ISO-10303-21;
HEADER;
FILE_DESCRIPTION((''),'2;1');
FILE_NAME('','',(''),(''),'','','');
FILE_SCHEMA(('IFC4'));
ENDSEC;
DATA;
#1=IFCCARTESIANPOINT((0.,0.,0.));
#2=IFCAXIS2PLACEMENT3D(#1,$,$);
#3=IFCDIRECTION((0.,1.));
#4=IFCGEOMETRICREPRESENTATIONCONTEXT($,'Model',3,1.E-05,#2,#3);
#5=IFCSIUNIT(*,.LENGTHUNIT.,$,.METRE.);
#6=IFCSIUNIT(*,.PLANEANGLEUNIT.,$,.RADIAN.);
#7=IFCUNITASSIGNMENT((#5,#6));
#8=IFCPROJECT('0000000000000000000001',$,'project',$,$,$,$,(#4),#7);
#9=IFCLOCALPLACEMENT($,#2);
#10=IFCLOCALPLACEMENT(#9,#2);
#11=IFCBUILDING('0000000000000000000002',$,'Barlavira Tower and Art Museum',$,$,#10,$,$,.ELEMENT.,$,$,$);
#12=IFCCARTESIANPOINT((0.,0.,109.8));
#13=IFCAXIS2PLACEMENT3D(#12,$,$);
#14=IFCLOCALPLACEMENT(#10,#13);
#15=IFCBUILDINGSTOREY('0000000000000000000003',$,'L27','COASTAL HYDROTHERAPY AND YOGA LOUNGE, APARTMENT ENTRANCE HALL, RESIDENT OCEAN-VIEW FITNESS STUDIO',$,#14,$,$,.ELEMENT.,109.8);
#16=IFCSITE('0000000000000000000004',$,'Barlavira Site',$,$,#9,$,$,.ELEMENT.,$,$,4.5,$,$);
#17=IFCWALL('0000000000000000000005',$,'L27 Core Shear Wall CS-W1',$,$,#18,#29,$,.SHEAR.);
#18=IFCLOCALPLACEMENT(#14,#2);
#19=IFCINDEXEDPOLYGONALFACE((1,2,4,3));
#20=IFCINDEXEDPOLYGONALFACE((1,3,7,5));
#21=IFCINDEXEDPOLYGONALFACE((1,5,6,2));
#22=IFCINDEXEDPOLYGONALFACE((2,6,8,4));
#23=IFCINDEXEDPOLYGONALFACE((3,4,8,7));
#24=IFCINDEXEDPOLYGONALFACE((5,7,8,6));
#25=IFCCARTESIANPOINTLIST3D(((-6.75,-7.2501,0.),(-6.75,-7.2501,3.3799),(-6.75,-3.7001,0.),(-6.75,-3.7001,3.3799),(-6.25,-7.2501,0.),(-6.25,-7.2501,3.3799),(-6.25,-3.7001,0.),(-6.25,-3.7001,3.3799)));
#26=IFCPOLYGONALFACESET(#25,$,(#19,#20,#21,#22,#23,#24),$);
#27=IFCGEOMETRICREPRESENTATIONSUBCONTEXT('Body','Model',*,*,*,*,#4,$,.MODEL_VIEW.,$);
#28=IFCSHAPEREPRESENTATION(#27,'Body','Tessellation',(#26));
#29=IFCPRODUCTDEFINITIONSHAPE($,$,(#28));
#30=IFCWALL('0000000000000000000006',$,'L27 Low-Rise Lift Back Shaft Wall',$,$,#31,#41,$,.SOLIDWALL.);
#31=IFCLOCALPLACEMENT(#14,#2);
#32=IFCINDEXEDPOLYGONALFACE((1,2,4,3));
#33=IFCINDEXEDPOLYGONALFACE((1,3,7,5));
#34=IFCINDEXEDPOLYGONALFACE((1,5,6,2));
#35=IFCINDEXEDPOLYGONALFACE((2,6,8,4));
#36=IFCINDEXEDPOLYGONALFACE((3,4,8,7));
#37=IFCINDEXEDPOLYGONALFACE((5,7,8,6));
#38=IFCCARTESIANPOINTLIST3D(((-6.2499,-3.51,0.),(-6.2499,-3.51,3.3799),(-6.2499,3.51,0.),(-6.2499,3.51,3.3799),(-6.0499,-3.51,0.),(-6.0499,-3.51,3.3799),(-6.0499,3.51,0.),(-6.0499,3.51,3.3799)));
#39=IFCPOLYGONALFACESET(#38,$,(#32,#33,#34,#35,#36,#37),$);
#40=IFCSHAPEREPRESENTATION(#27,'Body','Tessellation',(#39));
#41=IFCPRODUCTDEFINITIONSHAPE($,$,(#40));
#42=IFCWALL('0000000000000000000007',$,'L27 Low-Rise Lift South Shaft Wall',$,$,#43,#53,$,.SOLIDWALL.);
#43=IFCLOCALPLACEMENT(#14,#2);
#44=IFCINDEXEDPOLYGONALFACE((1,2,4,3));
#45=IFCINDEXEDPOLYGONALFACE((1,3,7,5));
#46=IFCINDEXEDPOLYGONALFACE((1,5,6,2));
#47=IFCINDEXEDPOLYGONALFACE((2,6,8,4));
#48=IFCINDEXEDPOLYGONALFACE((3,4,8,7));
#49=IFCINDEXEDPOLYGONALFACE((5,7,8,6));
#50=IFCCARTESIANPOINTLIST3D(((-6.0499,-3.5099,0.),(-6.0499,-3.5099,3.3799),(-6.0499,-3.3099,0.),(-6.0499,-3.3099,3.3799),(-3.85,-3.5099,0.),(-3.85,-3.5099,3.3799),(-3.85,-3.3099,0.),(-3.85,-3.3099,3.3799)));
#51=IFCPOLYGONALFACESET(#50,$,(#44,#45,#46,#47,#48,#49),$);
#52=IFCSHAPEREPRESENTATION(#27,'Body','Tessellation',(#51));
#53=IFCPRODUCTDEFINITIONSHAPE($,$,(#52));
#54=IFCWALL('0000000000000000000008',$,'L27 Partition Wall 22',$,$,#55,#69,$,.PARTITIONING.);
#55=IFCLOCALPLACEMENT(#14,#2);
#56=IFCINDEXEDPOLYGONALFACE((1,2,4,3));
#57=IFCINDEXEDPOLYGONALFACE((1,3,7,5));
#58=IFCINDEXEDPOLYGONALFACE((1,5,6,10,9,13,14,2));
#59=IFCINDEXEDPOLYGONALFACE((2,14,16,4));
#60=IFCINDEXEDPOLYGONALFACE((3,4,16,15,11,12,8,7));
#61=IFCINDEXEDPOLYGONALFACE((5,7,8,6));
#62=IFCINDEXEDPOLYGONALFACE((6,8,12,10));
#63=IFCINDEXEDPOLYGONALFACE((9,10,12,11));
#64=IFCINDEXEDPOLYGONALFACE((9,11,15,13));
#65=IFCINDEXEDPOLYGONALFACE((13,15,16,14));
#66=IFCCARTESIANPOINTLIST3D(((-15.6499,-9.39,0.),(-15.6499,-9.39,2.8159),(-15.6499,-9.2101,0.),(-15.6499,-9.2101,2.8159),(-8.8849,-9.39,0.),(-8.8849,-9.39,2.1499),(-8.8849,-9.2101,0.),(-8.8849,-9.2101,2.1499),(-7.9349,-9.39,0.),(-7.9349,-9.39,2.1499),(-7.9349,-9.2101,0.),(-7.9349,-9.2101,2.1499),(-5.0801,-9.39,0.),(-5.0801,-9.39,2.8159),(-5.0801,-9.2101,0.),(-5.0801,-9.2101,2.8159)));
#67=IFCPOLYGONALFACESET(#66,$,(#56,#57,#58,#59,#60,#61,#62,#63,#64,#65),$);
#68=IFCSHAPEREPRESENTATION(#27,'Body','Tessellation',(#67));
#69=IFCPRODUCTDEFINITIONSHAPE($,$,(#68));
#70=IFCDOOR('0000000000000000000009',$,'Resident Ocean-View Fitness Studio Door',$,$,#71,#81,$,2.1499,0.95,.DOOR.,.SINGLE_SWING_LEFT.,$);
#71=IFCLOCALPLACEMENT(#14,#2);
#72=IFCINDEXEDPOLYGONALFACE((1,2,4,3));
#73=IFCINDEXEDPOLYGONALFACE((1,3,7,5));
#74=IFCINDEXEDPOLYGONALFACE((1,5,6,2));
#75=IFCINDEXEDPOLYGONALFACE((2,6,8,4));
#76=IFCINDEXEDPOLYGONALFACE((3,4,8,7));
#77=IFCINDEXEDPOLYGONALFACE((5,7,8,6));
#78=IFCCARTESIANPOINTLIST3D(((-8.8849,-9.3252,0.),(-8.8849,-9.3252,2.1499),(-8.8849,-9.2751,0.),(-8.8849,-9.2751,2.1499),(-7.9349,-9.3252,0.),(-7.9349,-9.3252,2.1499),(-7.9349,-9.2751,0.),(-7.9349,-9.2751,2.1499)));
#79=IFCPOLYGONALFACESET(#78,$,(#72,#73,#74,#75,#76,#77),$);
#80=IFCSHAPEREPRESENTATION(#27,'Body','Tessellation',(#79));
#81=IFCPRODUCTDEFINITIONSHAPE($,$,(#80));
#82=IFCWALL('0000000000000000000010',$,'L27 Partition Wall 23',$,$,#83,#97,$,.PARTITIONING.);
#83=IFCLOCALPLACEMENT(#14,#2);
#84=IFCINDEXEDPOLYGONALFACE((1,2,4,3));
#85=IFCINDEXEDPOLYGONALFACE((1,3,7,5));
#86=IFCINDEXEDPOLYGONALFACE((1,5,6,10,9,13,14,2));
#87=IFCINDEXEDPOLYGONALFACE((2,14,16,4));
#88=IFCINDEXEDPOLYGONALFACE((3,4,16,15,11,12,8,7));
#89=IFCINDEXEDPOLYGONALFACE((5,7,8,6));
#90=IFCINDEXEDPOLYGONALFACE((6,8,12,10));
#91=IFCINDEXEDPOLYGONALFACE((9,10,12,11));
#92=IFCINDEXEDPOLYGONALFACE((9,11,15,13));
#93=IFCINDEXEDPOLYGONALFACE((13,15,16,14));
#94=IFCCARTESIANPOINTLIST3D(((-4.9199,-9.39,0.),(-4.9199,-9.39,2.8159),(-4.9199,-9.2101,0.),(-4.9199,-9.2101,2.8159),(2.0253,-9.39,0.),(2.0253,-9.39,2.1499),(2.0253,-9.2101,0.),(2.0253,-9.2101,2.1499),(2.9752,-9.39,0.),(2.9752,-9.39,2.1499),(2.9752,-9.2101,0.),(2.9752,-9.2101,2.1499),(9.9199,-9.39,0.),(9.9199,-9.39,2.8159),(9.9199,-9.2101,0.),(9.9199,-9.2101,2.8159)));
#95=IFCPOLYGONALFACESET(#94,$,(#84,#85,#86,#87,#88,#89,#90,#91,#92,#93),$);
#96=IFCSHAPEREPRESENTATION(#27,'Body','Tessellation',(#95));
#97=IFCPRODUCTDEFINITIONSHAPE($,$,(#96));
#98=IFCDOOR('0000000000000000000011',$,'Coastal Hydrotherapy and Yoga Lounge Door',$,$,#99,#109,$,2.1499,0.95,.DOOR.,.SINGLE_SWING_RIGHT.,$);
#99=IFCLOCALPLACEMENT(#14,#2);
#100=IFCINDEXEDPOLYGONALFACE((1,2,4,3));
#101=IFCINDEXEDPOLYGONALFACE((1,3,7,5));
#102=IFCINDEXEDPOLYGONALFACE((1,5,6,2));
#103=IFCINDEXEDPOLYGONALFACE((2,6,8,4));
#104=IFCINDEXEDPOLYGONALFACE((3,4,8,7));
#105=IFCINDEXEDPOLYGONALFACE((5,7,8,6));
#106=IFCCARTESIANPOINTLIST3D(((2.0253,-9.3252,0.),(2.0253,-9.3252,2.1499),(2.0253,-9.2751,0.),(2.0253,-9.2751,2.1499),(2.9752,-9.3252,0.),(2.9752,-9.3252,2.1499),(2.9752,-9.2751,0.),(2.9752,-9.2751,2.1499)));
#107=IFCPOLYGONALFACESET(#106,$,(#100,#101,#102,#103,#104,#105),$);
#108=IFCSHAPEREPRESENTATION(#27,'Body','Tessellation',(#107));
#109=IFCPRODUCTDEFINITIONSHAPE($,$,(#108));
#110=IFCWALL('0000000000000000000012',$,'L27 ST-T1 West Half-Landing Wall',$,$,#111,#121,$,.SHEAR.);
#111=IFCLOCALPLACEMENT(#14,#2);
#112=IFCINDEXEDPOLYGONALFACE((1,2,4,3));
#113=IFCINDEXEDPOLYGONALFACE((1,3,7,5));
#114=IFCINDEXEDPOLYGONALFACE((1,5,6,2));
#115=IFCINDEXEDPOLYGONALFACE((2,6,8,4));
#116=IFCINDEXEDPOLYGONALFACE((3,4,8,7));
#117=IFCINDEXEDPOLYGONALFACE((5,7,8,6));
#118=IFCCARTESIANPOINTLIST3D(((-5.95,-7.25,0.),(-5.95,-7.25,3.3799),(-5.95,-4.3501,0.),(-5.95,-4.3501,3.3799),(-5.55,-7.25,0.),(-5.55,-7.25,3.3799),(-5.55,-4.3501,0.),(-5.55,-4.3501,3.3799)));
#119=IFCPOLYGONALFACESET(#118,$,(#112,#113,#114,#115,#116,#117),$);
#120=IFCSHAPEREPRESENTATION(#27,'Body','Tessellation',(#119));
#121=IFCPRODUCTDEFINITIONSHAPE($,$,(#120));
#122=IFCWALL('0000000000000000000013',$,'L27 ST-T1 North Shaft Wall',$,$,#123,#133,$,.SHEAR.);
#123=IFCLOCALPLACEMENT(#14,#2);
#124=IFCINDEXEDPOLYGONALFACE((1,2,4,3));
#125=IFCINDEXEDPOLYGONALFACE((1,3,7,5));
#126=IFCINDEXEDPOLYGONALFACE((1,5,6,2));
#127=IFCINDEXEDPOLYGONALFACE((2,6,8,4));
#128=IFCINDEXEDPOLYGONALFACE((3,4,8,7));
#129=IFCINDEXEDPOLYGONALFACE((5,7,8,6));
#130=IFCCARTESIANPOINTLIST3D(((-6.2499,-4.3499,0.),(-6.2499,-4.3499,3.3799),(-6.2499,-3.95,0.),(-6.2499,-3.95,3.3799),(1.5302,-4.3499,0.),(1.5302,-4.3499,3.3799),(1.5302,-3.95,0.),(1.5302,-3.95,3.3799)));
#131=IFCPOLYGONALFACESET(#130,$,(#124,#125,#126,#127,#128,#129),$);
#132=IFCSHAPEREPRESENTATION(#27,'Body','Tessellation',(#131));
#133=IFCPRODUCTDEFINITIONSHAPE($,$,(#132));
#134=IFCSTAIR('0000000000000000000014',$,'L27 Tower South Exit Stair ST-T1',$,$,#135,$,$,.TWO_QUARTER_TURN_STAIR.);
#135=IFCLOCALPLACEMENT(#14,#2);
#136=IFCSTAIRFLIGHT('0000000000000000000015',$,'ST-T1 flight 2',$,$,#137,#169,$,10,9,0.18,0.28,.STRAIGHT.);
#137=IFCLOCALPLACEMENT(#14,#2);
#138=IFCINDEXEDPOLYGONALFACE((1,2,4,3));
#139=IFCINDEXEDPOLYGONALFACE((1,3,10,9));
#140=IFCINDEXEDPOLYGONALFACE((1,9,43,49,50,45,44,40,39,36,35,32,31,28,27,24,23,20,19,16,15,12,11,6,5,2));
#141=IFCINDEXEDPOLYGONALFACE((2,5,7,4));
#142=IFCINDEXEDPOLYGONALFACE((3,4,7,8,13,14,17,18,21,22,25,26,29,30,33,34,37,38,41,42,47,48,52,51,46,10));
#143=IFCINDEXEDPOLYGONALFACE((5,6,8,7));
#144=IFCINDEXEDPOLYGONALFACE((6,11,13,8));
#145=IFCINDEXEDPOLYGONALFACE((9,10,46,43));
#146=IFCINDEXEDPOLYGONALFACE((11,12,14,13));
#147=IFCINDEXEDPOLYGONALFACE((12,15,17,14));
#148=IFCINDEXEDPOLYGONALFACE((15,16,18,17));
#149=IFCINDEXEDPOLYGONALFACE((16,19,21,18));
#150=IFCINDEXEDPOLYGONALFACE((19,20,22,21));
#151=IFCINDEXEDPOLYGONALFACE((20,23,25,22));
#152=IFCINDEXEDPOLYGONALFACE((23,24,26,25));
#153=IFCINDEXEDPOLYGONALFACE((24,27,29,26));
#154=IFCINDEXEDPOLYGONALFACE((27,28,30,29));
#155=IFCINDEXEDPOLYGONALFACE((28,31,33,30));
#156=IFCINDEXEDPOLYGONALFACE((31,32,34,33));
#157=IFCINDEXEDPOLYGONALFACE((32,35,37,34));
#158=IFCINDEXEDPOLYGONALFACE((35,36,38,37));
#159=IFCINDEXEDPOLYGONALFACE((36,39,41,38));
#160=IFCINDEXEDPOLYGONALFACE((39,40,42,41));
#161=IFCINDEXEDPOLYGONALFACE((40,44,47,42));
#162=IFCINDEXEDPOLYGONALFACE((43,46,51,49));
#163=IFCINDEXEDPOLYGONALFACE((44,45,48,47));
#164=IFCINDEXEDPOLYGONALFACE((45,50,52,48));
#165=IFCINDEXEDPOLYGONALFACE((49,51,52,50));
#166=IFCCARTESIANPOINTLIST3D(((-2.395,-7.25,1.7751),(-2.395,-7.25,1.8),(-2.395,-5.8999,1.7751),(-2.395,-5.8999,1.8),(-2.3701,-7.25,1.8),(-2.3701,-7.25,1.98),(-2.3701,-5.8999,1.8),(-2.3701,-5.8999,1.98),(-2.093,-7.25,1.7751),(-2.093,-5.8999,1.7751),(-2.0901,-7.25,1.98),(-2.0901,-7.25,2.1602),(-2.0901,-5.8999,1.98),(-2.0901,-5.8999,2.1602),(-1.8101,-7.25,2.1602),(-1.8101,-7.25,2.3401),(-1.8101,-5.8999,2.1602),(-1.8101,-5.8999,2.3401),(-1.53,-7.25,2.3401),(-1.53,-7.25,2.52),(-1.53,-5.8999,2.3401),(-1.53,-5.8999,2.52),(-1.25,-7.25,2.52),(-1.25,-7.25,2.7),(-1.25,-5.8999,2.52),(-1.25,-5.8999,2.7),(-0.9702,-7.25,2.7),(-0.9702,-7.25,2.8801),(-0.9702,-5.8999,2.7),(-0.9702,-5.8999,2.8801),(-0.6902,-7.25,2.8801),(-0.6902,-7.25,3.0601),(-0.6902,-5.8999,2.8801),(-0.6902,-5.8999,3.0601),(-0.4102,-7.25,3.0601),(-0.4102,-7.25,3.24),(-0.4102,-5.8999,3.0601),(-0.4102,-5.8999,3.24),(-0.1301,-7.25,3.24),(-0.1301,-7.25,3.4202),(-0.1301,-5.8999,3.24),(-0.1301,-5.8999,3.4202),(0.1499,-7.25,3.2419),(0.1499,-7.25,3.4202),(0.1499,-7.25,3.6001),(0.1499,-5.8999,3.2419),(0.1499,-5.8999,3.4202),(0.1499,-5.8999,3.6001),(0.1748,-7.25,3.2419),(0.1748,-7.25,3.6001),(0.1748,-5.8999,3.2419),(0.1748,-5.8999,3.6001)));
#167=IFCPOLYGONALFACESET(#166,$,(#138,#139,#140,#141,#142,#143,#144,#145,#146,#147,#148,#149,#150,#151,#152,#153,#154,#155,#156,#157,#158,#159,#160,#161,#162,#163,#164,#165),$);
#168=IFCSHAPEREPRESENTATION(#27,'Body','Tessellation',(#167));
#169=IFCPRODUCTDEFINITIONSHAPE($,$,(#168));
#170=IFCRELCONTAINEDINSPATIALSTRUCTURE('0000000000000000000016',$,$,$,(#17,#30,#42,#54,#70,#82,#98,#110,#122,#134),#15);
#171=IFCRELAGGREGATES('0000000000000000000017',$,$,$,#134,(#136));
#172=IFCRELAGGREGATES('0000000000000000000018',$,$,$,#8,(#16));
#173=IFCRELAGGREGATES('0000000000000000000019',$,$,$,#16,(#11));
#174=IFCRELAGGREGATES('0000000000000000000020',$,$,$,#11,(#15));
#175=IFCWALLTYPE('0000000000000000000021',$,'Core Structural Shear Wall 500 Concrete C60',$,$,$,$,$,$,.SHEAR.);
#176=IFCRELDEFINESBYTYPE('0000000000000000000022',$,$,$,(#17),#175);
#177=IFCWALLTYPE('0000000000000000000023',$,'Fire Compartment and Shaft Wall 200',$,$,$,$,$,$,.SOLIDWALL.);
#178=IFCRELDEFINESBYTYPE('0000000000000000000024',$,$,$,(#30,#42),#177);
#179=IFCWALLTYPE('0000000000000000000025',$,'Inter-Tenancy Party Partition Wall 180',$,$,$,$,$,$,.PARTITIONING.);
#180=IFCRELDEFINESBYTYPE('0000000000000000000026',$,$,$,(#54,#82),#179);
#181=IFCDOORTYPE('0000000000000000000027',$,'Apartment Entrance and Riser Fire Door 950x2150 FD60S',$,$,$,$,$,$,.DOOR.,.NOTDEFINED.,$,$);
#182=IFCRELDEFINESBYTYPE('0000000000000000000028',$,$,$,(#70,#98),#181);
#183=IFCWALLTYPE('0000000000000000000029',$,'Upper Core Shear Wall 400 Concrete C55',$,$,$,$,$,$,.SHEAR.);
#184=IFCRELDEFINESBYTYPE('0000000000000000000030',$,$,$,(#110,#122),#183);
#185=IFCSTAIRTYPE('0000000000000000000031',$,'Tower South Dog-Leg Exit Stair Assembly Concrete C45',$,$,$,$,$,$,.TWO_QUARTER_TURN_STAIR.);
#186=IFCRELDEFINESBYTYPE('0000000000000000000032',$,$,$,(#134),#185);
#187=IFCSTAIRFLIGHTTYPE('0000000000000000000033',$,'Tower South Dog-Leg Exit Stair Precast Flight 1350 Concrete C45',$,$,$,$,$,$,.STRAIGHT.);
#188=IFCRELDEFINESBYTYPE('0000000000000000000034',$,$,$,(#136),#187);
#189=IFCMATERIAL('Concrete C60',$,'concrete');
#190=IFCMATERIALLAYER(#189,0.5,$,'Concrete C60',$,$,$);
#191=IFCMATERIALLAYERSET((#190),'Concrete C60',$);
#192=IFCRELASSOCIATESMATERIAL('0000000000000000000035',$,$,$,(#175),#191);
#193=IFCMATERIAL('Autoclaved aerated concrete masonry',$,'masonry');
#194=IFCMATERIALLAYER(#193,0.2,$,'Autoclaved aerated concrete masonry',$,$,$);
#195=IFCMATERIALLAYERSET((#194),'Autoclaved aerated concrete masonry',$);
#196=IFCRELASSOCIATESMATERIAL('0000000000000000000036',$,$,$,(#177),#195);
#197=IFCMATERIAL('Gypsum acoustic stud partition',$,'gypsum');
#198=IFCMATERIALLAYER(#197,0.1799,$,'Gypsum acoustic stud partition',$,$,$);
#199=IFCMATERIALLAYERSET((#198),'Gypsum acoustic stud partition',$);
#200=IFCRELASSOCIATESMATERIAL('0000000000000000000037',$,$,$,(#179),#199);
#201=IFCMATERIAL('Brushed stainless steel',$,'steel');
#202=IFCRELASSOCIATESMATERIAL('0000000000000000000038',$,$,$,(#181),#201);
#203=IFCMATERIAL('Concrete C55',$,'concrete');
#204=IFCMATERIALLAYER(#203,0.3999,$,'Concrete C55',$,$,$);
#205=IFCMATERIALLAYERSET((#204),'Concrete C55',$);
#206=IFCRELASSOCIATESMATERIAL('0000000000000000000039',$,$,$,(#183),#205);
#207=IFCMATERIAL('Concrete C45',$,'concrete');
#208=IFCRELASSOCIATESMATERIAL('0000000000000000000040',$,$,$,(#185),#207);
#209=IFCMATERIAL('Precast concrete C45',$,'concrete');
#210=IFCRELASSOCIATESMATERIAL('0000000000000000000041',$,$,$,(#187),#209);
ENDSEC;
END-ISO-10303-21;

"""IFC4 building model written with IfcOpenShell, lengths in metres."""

from ifc_helpers import new_model, si_unit, direction, frame, frame_2d, origin, place, context, subcontext, project, spatial, polyline, rectangle, outline, extrude, material, layer, layer_set, type_object, element, fill, aggregate, save


model = new_model("IFC4")

# Units and contexts
model_context = context("Model", 3, precision=1e-05, world=origin(), true_north=direction((0.0, 1.0)))
body_context = subcontext(model_context, "Body", "Model", "MODEL_VIEW")
ifc_project = project(units=[si_unit("LENGTHUNIT", "METRE"), si_unit("PLANEANGLEUNIT", "RADIAN")], contexts=[model_context])

# Site, building, storey
site_placement = place(None, origin())
site = spatial("IfcSite", under=ifc_project, at=site_placement, Name="Barlavira Site", CompositionType="ELEMENT", RefElevation=4.5)
building_placement = place(site_placement, origin())
building = spatial("IfcBuilding", under=site, at=building_placement, Name="Barlavira Tower and Art Museum", CompositionType="ELEMENT")
storey_placement = place(building_placement, frame((0.0, 0.0, 109.8)))
storey = spatial("IfcBuildingStorey", under=building, at=storey_placement, Name="L27", Description="COASTAL HYDROTHERAPY AND YOGA LOUNGE, APARTMENT ENTRANCE HALL, RESIDENT OCEAN-VIEW FITNESS STUDIO", CompositionType="ELEMENT", Elevation=109.8)

# Wall
ifc_material_1 = material(Name="Concrete C60", Category="concrete")
ifc_layer_1 = layer(ifc_material_1, 0.5, Name="Concrete C60")
ifc_layer_set_1 = layer_set([ifc_layer_1], Name="Concrete C60")
wall_type_1 = type_object("IfcWallType", Name="Core Structural Shear Wall 500 Concrete C60", PredefinedType="SHEAR", material=ifc_layer_set_1)
wall_1_placement = place(storey_placement, frame((-6.5, -7.25, 0.0), z_axis=(0.0, 0.0, 1.0), x_axis=(0.0, 1.0, 0.0)))
element("IfcWall", 1, at=wall_1_placement, inside=storey, type_object=wall_type_1, Name="L27 Core Shear Wall CS-W1", PredefinedType="SHEAR", context=body_context, shape_type="SweptSolid", body=[
    extrude(rectangle(XDim=3.55, YDim=0.5, at=frame_2d((1.7749, 0.0))), origin(), (0.0, 0.0, 1.0), 3.3799),
])

# Shared definitions
ifc_material_2 = material(Name="Autoclaved aerated concrete masonry", Category="masonry")
ifc_layer_2 = layer(ifc_material_2, 0.2, Name="Autoclaved aerated concrete masonry")
ifc_layer_set_2 = layer_set([ifc_layer_2], Name="Autoclaved aerated concrete masonry")
wall_type_2 = type_object("IfcWallType", Name="Fire Compartment and Shaft Wall 200", PredefinedType="SOLIDWALL", material=ifc_layer_set_2)
ifc_material_3 = material(Name="Brushed stainless steel", Category="steel")

# Walls
wall_2_placement = place(storey_placement, frame((-6.1499, -3.51, 0.0), z_axis=(0.0, 0.0, 1.0), x_axis=(0.0, 1.0, 0.0)))
element("IfcWall", 2, at=wall_2_placement, inside=storey, type_object=wall_type_2, Name="L27 Low-Rise Lift Back Shaft Wall", PredefinedType="SOLIDWALL", context=body_context, shape_type="SweptSolid", body=[
    extrude(rectangle(XDim=7.02, YDim=0.2, at=frame_2d((3.51, 0.0))), origin(), (0.0, 0.0, 1.0), 3.3799),
])
wall_3_placement = place(storey_placement, frame((-6.05, -3.4099, 0.0), z_axis=(0.0, 0.0, 1.0), x_axis=(1.0, 0.0, 0.0)))
element("IfcWall", 3, at=wall_3_placement, inside=storey, type_object=wall_type_2, Name="L27 Low-Rise Lift South Shaft Wall", PredefinedType="SOLIDWALL", context=body_context, shape_type="SweptSolid", body=[
    extrude(rectangle(XDim=2.2, YDim=0.2, at=frame_2d((1.1001, 0.0))), origin(), (0.0, 0.0, 1.0), 3.3799),
])

# Shared definitions
ifc_material_4 = material(Name="Gypsum acoustic stud partition", Category="gypsum")
ifc_layer_3 = layer(ifc_material_4, 0.1799, Name="Gypsum acoustic stud partition")
ifc_layer_set_3 = layer_set([ifc_layer_3], Name="Gypsum acoustic stud partition")
wall_type_3 = type_object("IfcWallType", Name="Inter-Tenancy Party Partition Wall 180", PredefinedType="PARTITIONING", material=ifc_layer_set_3)
door_type_1 = type_object("IfcDoorType", Name="Apartment Entrance and Riser Fire Door 950x2150 FD60S", OperationType="NOTDEFINED", PredefinedType="DOOR", material=ifc_material_3)

# Walls, openings, doors
wall_4_placement = place(storey_placement, frame((-15.6499, -9.3, 0.0), z_axis=(0.0, 0.0, 1.0), x_axis=(1.0, 0.0, 0.0)))
wall_4 = element("IfcWall", 4, at=wall_4_placement, inside=storey, type_object=wall_type_3, Name="L27 Partition Wall 22", PredefinedType="PARTITIONING", context=body_context, shape_type="SweptSolid", body=[
    extrude(rectangle(XDim=10.5698, YDim=0.1799, at=frame_2d((5.2849, 0.0))), origin(), (0.0, 0.0, 1.0), 2.8159),
])
opening_1_placement = place(wall_4_placement, frame((6.7649, 0.0, 0.0)))
opening_1 = element("IfcOpeningElement", 5, at=opening_1_placement, cuts=wall_4, PredefinedType="OPENING", context=body_context, shape_type="SweptSolid", body=[
    extrude(rectangle(XDim=0.95, YDim=2.1499, at=frame_2d((0.4751, 1.075))), frame((0.0, 0.1001, 0.0), z_axis=(0.0, -1.0, 0.0), x_axis=(1.0, 0.0, 0.0)), (0.0, 0.0, 1.0), 0.2),
])
door_1_placement = place(opening_1_placement, origin())
door_1 = element("IfcDoor", 6, at=door_1_placement, inside=storey, type_object=door_type_1, Name="Resident Ocean-View Fitness Studio Door", OperationType="SINGLE_SWING_LEFT", OverallHeight=2.1499, OverallWidth=0.95, PredefinedType="DOOR", context=body_context, shape_type="SweptSolid", body=[
    extrude(rectangle(XDim=0.95, YDim=2.1499, at=frame_2d((0.4751, 1.075))), frame((0.0, 0.0249, 0.0), z_axis=(0.0, -1.0, 0.0), x_axis=(1.0, 0.0, 0.0)), (0.0, 0.0, 1.0), 0.05),
])
fill(opening_1, door_1)
wall_5_placement = place(storey_placement, frame((-4.9199, -9.3, 0.0), z_axis=(0.0, 0.0, 1.0), x_axis=(1.0, 0.0, 0.0)))
wall_5 = element("IfcWall", 7, at=wall_5_placement, inside=storey, type_object=wall_type_3, Name="L27 Partition Wall 23", PredefinedType="PARTITIONING", context=body_context, shape_type="SweptSolid", body=[
    extrude(rectangle(XDim=14.8398, YDim=0.1799, at=frame_2d((7.4199, 0.0))), origin(), (0.0, 0.0, 1.0), 2.8159),
])
opening_2_placement = place(wall_5_placement, frame((6.9451, 0.0, 0.0)))
opening_2 = element("IfcOpeningElement", 8, at=opening_2_placement, cuts=wall_5, PredefinedType="OPENING", context=body_context, shape_type="SweptSolid", body=[
    extrude(rectangle(XDim=0.95, YDim=2.1499, at=frame_2d((0.4751, 1.075))), frame((0.0, 0.1001, 0.0), z_axis=(0.0, -1.0, 0.0), x_axis=(1.0, 0.0, 0.0)), (0.0, 0.0, 1.0), 0.2),
])
door_2_placement = place(opening_2_placement, origin())
door_2 = element("IfcDoor", 9, at=door_2_placement, inside=storey, type_object=door_type_1, Name="Coastal Hydrotherapy and Yoga Lounge Door", OperationType="SINGLE_SWING_RIGHT", OverallHeight=2.1499, OverallWidth=0.95, PredefinedType="DOOR", context=body_context, shape_type="SweptSolid", body=[
    extrude(rectangle(XDim=0.95, YDim=2.1499, at=frame_2d((0.4751, 1.075))), frame((0.0, 0.0249, 0.0), z_axis=(0.0, -1.0, 0.0), x_axis=(1.0, 0.0, 0.0)), (0.0, 0.0, 1.0), 0.05),
])
fill(opening_2, door_2)

# Walls
ifc_material_5 = material(Name="Concrete C55", Category="concrete")
ifc_layer_4 = layer(ifc_material_5, 0.3999, Name="Concrete C55")
ifc_layer_set_4 = layer_set([ifc_layer_4], Name="Concrete C55")
wall_type_4 = type_object("IfcWallType", Name="Upper Core Shear Wall 400 Concrete C55", PredefinedType="SHEAR", material=ifc_layer_set_4)
wall_6_placement = place(storey_placement, frame((-5.75, -7.25, 0.0), z_axis=(0.0, 0.0, 1.0), x_axis=(0.0, 1.0, 0.0)))
element("IfcWall", 10, at=wall_6_placement, inside=storey, type_object=wall_type_4, Name="L27 ST-T1 West Half-Landing Wall", PredefinedType="SHEAR", context=body_context, shape_type="SweptSolid", body=[
    extrude(rectangle(XDim=2.8999, YDim=0.3999, at=frame_2d((1.45, 0.0))), origin(), (0.0, 0.0, 1.0), 3.3799),
])
wall_7_placement = place(storey_placement, frame((-6.25, -4.1499, 0.0), z_axis=(0.0, 0.0, 1.0), x_axis=(1.0, 0.0, 0.0)))
element("IfcWall", 11, at=wall_7_placement, inside=storey, type_object=wall_type_4, Name="L27 ST-T1 North Shaft Wall", PredefinedType="SHEAR", context=body_context, shape_type="SweptSolid", body=[
    extrude(rectangle(XDim=7.78, YDim=0.3999, at=frame_2d((3.8901, 0.0))), origin(), (0.0, 0.0, 1.0), 3.3799),
])

# Stair, stair flight
ifc_material_6 = material(Name="Concrete C45", Category="concrete")
stair_type = type_object("IfcStairType", Name="Tower South Dog-Leg Exit Stair Assembly Concrete C45", PredefinedType="TWO_QUARTER_TURN_STAIR", material=ifc_material_6)
stair_placement = place(storey_placement, origin())
stair = element("IfcStair", 12, at=stair_placement, inside=storey, type_object=stair_type, Name="L27 Tower South Exit Stair ST-T1", PredefinedType="TWO_QUARTER_TURN_STAIR")
ifc_material_7 = material(Name="Precast concrete C45", Category="concrete")
stair_flight_type = type_object("IfcStairFlightType", Name="Tower South Dog-Leg Exit Stair Precast Flight 1350 Concrete C45", PredefinedType="STRAIGHT", material=ifc_material_7)
stair_flight_placement = place(storey_placement, frame((-2.3701, -6.575, 1.8), z_axis=(0.0, 0.0, 1.0), x_axis=(1.0, 0.0, 0.0)))
stair_flight = element("IfcStairFlight", 13, at=stair_flight_placement, type_object=stair_flight_type, Name="ST-T1 flight 2", NumberOfRisers=10, NumberOfTreads=9, PredefinedType="STRAIGHT", RiserHeight=0.18, TreadLength=0.28, context=body_context, shape_type="SweptSolid", body=[
    extrude(outline(polyline([(-0.0249, 0.0), (0.0, 0.0), (0.0, 0.1799), (0.28, 0.1799), (0.28, 0.3601), (0.5601, 0.3601), (0.5601, 0.54), (0.8401, 0.54), (0.8401, 0.72), (1.1201, 0.72), (1.1201, 0.8999), (1.3999, 0.8999), (1.3999, 1.0801), (1.6799, 1.0801), (1.6799, 1.26), (1.96, 1.26), (1.96, 1.4399), (2.24, 1.4399), (2.24, 1.6201), (2.52, 1.6201), (2.52, 1.8), (2.5449, 1.8), (2.5449, 1.4419), (2.52, 1.4419), (0.2771, -0.0249), (-0.0249, -0.0249), (-0.0249, 0.0)])), frame((0.0, 0.675, 0.0), z_axis=(0.0, -1.0, 0.0), x_axis=(1.0, 0.0, 0.0)), (0.0, 0.0, 1.0), 1.3501),
])
aggregate(stair, [stair_flight])

save(model, "model.ifc")
